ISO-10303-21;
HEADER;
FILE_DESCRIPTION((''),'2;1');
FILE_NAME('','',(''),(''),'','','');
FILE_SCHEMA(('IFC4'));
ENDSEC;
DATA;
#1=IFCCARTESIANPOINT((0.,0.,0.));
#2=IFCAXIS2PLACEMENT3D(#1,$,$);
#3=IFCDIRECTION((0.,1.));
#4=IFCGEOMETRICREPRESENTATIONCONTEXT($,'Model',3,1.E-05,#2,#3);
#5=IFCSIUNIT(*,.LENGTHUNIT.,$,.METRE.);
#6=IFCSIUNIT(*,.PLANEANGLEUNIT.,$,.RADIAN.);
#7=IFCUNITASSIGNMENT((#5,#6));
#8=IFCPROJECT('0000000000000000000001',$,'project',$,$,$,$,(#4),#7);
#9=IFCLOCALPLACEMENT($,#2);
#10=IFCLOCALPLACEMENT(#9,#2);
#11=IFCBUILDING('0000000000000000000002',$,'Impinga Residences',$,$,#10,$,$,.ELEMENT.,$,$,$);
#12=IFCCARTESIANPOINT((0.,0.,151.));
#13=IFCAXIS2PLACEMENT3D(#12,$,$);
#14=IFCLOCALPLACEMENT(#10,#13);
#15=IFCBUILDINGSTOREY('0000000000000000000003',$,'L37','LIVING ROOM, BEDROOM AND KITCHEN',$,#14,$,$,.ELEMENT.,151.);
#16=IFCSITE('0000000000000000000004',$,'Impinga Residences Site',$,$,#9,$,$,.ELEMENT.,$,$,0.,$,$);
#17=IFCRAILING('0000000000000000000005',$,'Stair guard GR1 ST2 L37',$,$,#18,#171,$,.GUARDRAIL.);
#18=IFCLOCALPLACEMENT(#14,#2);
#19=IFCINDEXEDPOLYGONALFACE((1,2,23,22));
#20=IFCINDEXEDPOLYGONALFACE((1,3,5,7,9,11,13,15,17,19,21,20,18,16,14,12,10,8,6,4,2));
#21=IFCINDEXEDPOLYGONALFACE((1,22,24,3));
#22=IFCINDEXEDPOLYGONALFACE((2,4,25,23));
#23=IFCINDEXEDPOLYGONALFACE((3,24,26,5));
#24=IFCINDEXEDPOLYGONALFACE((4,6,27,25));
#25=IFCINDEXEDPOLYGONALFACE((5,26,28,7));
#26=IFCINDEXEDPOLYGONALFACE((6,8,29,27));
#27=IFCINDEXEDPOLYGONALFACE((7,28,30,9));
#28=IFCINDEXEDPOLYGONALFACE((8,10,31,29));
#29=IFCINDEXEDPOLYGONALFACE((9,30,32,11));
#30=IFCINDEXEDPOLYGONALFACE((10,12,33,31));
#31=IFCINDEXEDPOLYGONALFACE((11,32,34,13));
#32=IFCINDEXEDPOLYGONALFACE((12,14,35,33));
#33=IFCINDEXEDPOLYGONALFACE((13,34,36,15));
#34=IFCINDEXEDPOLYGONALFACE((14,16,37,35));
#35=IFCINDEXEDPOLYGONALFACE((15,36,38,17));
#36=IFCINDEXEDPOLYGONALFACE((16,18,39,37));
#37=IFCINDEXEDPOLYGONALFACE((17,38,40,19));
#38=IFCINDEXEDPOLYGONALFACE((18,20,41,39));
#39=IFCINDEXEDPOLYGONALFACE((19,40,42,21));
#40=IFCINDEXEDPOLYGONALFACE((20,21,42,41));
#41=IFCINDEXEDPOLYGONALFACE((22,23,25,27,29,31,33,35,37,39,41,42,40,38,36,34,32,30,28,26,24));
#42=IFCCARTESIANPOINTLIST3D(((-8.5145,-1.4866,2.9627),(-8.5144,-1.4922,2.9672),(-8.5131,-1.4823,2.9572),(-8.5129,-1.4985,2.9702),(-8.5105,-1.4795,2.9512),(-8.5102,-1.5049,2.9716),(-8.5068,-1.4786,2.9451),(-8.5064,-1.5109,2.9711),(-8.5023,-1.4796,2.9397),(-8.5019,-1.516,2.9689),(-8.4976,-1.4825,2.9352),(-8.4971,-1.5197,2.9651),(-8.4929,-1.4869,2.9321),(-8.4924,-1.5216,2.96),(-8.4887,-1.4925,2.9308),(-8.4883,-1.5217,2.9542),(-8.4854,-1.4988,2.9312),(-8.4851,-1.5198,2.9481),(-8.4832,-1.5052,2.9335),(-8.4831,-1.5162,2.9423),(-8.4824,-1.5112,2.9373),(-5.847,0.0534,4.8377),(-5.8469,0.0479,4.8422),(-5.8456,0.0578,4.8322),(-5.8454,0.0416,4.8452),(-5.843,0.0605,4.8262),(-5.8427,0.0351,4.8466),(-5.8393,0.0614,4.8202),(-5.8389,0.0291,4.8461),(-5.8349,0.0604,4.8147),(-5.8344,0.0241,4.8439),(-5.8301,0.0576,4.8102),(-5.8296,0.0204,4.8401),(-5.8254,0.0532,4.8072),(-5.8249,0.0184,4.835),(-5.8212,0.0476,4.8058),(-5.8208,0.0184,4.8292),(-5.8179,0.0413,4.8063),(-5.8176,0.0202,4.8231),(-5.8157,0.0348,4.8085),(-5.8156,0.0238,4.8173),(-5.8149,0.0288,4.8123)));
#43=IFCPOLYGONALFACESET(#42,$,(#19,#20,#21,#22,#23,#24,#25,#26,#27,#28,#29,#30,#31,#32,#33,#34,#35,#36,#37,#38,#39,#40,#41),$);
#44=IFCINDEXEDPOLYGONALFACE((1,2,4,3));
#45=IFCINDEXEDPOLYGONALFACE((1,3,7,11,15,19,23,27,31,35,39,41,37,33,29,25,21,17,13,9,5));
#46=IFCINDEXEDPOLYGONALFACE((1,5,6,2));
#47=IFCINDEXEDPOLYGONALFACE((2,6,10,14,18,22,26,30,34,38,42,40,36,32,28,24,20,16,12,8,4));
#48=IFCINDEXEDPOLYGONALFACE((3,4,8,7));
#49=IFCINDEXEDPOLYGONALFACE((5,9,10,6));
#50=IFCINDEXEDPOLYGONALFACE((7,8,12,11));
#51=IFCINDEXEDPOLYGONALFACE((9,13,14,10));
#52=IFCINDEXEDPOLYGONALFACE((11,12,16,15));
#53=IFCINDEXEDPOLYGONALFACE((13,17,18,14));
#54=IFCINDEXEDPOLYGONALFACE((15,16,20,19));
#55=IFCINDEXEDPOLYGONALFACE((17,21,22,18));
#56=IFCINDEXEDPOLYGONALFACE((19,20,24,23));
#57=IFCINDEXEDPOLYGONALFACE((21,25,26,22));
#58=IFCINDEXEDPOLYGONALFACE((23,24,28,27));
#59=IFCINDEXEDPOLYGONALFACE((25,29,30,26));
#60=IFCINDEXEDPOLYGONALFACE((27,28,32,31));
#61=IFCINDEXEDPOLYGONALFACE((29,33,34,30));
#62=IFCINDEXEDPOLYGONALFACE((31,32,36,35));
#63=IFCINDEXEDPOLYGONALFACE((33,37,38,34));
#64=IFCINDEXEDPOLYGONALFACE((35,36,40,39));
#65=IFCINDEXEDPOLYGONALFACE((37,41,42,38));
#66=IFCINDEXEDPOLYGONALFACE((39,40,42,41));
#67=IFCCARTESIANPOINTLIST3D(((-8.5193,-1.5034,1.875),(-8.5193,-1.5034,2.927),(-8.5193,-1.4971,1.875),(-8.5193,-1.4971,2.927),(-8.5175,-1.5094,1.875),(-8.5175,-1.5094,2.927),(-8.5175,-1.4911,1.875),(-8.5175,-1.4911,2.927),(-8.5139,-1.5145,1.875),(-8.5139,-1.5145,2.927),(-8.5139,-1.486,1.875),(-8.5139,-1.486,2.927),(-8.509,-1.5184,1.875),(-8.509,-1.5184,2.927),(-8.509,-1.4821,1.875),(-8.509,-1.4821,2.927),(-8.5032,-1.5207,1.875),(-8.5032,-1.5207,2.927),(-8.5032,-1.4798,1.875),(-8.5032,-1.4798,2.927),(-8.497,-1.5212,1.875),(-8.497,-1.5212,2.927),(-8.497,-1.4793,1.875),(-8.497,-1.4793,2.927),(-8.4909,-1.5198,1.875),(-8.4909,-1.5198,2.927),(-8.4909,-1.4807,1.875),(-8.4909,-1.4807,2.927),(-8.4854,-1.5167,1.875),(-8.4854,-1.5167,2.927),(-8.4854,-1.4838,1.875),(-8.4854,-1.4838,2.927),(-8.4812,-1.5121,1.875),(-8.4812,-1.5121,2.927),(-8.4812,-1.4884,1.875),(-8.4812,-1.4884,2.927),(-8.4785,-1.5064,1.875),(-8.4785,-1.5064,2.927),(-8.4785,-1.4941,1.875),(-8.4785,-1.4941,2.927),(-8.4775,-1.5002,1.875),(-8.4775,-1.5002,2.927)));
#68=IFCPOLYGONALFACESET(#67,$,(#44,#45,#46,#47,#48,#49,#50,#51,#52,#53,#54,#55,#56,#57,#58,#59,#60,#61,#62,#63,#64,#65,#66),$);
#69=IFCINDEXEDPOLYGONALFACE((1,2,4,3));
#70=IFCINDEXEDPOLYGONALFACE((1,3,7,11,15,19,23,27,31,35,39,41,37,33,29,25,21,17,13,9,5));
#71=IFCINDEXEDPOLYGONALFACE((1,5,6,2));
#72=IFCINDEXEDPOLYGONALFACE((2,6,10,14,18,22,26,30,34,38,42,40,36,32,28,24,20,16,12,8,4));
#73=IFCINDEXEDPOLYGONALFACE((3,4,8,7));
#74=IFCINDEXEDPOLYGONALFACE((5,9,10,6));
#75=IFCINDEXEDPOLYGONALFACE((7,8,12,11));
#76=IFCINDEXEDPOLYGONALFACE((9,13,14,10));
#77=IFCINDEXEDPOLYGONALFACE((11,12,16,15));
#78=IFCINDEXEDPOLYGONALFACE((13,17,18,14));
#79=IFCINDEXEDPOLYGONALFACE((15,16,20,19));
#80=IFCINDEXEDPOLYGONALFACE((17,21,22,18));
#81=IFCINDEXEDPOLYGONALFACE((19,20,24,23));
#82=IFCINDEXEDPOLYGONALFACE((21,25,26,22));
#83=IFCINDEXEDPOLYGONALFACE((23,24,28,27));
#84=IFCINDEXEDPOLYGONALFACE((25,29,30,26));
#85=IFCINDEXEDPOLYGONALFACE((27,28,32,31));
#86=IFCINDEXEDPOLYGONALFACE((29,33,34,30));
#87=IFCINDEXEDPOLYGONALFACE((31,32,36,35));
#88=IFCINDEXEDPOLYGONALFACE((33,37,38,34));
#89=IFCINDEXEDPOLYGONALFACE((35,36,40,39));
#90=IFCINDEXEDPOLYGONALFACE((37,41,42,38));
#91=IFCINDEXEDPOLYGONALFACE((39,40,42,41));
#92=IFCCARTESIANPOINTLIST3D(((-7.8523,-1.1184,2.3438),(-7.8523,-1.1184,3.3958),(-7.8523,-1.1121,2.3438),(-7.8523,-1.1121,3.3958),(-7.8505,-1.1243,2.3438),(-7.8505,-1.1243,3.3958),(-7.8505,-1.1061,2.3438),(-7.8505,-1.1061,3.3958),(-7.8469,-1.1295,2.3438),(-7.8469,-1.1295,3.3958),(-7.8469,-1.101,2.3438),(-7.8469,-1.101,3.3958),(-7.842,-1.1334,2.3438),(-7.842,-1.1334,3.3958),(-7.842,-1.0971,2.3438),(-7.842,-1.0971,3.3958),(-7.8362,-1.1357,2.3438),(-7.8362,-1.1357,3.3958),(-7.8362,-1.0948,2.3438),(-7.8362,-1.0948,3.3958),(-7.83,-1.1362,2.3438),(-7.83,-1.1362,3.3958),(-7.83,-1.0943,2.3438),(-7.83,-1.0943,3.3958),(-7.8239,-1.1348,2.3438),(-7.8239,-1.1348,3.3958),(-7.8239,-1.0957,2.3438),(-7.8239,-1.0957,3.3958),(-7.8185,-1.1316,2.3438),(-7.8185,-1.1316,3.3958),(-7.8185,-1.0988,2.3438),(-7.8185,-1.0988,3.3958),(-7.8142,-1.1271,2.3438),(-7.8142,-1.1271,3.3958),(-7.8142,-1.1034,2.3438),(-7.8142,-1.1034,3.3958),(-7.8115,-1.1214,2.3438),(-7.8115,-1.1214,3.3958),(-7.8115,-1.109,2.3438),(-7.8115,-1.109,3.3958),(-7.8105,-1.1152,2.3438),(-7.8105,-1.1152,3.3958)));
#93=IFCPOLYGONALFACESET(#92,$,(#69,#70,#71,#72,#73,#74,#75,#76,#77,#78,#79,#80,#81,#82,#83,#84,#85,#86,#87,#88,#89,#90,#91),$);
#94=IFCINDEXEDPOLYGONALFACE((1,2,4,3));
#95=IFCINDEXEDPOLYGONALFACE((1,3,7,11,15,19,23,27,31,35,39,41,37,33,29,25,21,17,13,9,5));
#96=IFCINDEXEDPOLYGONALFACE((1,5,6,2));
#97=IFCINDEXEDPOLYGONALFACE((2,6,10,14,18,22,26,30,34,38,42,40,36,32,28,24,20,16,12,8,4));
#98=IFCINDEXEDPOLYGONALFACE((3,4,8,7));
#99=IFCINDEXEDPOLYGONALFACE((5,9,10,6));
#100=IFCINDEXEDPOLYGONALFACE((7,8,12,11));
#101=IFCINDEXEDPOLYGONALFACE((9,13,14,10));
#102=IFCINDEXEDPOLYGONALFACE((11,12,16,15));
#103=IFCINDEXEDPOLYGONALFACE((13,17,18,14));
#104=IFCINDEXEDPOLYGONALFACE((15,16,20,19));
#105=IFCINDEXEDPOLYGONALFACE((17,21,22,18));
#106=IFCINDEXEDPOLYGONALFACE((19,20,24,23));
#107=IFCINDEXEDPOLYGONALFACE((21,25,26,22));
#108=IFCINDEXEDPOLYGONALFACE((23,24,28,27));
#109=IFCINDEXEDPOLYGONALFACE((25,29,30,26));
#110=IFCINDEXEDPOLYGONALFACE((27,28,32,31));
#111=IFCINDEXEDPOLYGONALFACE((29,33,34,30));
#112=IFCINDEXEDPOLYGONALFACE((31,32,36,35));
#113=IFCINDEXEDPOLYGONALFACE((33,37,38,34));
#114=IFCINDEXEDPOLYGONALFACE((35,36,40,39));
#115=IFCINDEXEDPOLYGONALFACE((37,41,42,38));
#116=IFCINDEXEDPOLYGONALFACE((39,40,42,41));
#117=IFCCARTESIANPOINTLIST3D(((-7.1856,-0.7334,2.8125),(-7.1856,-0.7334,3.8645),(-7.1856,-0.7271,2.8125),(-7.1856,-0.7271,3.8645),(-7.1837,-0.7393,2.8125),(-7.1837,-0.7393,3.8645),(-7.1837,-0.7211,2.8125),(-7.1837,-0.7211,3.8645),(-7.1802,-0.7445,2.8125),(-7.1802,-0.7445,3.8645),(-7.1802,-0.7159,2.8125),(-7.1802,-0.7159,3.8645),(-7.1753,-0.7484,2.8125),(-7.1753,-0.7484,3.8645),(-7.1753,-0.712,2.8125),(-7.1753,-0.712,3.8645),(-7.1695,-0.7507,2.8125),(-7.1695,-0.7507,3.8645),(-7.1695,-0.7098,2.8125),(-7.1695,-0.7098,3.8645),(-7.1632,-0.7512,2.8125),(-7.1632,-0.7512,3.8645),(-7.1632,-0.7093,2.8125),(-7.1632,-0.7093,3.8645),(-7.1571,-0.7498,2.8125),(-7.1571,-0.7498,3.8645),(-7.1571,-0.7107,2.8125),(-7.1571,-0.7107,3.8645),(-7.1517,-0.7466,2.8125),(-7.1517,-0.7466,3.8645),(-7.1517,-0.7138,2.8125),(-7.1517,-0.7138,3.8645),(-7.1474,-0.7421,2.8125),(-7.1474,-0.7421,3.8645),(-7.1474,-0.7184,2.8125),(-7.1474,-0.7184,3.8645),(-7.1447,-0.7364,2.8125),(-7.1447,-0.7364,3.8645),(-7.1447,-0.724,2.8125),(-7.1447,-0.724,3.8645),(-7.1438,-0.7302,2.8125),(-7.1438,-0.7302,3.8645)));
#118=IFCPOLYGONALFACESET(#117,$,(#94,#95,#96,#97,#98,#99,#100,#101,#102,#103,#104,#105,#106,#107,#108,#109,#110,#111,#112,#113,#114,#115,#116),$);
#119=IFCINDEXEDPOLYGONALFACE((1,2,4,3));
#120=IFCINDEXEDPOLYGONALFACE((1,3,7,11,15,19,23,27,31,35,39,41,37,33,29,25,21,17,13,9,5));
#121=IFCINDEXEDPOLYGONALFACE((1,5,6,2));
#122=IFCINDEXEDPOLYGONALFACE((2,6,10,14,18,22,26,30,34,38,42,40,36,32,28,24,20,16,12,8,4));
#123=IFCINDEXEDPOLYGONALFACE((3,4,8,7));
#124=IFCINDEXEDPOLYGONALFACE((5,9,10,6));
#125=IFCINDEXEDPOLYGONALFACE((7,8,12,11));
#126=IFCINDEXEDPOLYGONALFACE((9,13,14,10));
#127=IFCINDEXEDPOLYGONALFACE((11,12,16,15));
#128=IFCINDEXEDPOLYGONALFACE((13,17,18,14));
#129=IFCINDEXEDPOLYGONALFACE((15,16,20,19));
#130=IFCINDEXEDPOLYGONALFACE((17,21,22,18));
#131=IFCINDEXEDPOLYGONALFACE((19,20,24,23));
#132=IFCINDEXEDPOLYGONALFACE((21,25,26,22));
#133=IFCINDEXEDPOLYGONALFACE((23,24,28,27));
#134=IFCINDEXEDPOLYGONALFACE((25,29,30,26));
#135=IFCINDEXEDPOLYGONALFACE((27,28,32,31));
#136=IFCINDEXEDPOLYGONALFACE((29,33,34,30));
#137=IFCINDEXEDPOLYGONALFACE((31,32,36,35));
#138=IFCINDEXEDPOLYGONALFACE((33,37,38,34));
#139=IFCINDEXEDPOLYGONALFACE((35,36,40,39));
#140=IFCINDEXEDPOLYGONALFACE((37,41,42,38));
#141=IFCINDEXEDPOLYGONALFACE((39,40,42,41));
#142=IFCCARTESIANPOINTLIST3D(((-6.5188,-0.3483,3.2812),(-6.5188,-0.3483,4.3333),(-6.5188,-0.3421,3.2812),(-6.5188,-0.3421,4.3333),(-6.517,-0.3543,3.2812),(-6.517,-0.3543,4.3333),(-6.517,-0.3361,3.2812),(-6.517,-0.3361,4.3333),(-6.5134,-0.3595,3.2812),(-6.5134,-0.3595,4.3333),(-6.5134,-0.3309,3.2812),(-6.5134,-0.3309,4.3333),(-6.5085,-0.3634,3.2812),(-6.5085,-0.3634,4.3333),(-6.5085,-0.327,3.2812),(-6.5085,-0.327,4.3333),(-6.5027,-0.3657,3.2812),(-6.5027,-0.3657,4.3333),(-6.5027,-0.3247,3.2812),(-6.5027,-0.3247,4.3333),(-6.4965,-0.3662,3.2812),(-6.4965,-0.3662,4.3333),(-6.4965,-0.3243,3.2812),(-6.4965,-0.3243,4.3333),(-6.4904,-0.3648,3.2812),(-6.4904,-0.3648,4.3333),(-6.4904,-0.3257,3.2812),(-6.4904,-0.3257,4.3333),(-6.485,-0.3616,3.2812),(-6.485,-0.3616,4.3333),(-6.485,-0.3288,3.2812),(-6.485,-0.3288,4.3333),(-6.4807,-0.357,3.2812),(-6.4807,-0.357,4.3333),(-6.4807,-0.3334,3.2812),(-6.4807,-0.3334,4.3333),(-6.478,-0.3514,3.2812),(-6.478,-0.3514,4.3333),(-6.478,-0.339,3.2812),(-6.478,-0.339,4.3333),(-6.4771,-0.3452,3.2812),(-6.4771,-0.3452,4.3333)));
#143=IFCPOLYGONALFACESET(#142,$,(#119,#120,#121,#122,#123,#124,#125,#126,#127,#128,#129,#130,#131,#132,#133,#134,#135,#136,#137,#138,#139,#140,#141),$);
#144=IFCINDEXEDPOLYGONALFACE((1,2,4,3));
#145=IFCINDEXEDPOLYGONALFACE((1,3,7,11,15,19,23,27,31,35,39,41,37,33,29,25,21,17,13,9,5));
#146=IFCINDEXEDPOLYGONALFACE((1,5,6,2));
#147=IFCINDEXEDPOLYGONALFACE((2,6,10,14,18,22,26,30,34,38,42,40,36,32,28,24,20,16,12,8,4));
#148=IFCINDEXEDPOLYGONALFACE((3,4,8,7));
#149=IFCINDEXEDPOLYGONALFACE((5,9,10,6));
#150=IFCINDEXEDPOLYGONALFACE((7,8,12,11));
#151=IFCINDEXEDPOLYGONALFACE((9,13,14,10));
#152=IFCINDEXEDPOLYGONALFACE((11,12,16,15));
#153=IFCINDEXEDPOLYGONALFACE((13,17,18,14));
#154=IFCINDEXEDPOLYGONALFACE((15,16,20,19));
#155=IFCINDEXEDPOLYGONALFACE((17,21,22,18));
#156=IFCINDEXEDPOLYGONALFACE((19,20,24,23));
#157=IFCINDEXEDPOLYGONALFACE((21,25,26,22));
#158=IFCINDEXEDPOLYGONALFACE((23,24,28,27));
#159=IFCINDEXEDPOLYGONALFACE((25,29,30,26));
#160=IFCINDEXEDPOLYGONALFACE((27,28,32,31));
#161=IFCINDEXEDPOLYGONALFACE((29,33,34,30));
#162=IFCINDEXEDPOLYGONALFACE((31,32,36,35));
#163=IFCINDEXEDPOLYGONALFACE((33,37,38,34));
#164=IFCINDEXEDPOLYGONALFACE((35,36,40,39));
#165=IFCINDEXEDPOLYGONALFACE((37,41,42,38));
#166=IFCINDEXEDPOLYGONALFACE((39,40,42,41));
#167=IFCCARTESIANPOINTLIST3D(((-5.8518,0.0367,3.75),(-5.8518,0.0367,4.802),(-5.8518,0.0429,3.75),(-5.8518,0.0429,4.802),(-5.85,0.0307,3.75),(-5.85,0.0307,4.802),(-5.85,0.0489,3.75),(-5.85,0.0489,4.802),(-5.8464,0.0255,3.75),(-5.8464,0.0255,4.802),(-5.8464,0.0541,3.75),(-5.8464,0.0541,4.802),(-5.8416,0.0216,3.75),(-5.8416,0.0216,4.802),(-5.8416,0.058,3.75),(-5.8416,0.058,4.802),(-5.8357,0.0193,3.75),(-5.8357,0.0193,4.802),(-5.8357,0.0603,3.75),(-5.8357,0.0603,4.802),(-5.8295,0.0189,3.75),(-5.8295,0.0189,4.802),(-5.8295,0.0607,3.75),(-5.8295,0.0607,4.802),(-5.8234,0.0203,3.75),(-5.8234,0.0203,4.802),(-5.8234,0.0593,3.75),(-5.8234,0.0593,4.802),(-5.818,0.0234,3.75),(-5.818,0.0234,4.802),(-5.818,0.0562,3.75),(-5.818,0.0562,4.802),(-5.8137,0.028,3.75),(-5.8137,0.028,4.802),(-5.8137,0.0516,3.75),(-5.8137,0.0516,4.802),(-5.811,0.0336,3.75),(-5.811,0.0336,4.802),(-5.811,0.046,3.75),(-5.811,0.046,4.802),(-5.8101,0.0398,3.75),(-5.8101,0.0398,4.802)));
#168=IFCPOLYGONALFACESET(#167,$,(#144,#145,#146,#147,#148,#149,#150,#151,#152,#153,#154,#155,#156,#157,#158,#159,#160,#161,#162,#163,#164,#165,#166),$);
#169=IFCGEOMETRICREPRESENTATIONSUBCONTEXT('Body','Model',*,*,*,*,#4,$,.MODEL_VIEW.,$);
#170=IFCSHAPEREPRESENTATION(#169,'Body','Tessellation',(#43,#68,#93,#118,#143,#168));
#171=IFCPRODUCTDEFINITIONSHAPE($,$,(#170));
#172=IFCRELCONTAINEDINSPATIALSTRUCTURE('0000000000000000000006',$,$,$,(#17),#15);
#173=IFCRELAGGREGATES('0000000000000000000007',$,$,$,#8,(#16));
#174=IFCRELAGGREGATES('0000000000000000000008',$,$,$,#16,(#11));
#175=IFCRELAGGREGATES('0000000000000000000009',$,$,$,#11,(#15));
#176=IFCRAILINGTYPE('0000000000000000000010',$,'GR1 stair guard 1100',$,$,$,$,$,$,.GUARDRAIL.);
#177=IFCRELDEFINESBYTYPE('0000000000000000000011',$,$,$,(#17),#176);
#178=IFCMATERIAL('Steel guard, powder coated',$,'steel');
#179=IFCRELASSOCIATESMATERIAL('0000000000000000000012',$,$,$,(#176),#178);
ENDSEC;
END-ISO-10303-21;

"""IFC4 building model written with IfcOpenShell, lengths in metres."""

from ifc_helpers import new_model, si_unit, direction, frame, origin, origin_2d, place, context, subcontext, project, spatial, circle, extrude, material, type_object, element, save


model = new_model("IFC4")

# Units and contexts
model_context = context("Model", 3, precision=1e-05, world=origin(), true_north=direction((0.0, 1.0)))
body_context = subcontext(model_context, "Body", "Model", "MODEL_VIEW")
ifc_project = project(units=[si_unit("LENGTHUNIT", "METRE"), si_unit("PLANEANGLEUNIT", "RADIAN")], contexts=[model_context])

# Site, building, storey
site_placement = place(None, origin())
site = spatial("IfcSite", under=ifc_project, at=site_placement, Name="Impinga Residences Site", CompositionType="ELEMENT", RefElevation=0.0)
building_placement = place(site_placement, origin())
building = spatial("IfcBuilding", under=site, at=building_placement, Name="Impinga Residences", CompositionType="ELEMENT")
storey_placement = place(building_placement, frame((0.0, 0.0, 151.0)))
storey = spatial("IfcBuildingStorey", under=building, at=storey_placement, Name="L37", Description="LIVING ROOM, BEDROOM AND KITCHEN", CompositionType="ELEMENT", Elevation=151.0)

# Railing
ifc_material_1 = material(Name="Steel guard, powder coated", Category="steel")
railing_type_1 = type_object("IfcRailingType", Name="GR1 stair guard 1100", PredefinedType="GUARDRAIL", material=ifc_material_1)
railing_1_placement = place(storey_placement, frame((-8.4985, -1.5002, 1.875)))
element("IfcRailing", 1, at=railing_1_placement, inside=storey, type_object=railing_type_1, Name="Stair guard GR1 ST2 L37", PredefinedType="GUARDRAIL", context=body_context, shape_type="SweptSolid", body=[
    extrude(circle(Radius=0.0239, at=origin_2d()), frame((0.0, 0.0, 1.0762), z_axis=(0.739746, 0.427084, 0.519975), x_axis=(-0.499992, 0.86603, 0.0)), (0.0, 0.0, 1.0), 3.606),
    extrude(circle(Radius=0.021, at=origin_2d()), origin(), (0.0, 0.0, 1.0), 1.052),
    extrude(circle(Radius=0.021, at=origin_2d()), frame((0.667, 0.385, 0.4688)), (0.0, 0.0, 1.0), 1.052),
    extrude(circle(Radius=0.021, at=origin_2d()), frame((1.3337, 0.77, 0.9375)), (0.0, 0.0, 1.0), 1.052),
    extrude(circle(Radius=0.021, at=origin_2d()), frame((2.0005, 1.155, 1.4062)), (0.0, 0.0, 1.0), 1.052),
    extrude(circle(Radius=0.021, at=origin_2d()), frame((2.6675, 1.54, 1.875)), (0.0, 0.0, 1.0), 1.052),
])

save(model, "model.ifc")
